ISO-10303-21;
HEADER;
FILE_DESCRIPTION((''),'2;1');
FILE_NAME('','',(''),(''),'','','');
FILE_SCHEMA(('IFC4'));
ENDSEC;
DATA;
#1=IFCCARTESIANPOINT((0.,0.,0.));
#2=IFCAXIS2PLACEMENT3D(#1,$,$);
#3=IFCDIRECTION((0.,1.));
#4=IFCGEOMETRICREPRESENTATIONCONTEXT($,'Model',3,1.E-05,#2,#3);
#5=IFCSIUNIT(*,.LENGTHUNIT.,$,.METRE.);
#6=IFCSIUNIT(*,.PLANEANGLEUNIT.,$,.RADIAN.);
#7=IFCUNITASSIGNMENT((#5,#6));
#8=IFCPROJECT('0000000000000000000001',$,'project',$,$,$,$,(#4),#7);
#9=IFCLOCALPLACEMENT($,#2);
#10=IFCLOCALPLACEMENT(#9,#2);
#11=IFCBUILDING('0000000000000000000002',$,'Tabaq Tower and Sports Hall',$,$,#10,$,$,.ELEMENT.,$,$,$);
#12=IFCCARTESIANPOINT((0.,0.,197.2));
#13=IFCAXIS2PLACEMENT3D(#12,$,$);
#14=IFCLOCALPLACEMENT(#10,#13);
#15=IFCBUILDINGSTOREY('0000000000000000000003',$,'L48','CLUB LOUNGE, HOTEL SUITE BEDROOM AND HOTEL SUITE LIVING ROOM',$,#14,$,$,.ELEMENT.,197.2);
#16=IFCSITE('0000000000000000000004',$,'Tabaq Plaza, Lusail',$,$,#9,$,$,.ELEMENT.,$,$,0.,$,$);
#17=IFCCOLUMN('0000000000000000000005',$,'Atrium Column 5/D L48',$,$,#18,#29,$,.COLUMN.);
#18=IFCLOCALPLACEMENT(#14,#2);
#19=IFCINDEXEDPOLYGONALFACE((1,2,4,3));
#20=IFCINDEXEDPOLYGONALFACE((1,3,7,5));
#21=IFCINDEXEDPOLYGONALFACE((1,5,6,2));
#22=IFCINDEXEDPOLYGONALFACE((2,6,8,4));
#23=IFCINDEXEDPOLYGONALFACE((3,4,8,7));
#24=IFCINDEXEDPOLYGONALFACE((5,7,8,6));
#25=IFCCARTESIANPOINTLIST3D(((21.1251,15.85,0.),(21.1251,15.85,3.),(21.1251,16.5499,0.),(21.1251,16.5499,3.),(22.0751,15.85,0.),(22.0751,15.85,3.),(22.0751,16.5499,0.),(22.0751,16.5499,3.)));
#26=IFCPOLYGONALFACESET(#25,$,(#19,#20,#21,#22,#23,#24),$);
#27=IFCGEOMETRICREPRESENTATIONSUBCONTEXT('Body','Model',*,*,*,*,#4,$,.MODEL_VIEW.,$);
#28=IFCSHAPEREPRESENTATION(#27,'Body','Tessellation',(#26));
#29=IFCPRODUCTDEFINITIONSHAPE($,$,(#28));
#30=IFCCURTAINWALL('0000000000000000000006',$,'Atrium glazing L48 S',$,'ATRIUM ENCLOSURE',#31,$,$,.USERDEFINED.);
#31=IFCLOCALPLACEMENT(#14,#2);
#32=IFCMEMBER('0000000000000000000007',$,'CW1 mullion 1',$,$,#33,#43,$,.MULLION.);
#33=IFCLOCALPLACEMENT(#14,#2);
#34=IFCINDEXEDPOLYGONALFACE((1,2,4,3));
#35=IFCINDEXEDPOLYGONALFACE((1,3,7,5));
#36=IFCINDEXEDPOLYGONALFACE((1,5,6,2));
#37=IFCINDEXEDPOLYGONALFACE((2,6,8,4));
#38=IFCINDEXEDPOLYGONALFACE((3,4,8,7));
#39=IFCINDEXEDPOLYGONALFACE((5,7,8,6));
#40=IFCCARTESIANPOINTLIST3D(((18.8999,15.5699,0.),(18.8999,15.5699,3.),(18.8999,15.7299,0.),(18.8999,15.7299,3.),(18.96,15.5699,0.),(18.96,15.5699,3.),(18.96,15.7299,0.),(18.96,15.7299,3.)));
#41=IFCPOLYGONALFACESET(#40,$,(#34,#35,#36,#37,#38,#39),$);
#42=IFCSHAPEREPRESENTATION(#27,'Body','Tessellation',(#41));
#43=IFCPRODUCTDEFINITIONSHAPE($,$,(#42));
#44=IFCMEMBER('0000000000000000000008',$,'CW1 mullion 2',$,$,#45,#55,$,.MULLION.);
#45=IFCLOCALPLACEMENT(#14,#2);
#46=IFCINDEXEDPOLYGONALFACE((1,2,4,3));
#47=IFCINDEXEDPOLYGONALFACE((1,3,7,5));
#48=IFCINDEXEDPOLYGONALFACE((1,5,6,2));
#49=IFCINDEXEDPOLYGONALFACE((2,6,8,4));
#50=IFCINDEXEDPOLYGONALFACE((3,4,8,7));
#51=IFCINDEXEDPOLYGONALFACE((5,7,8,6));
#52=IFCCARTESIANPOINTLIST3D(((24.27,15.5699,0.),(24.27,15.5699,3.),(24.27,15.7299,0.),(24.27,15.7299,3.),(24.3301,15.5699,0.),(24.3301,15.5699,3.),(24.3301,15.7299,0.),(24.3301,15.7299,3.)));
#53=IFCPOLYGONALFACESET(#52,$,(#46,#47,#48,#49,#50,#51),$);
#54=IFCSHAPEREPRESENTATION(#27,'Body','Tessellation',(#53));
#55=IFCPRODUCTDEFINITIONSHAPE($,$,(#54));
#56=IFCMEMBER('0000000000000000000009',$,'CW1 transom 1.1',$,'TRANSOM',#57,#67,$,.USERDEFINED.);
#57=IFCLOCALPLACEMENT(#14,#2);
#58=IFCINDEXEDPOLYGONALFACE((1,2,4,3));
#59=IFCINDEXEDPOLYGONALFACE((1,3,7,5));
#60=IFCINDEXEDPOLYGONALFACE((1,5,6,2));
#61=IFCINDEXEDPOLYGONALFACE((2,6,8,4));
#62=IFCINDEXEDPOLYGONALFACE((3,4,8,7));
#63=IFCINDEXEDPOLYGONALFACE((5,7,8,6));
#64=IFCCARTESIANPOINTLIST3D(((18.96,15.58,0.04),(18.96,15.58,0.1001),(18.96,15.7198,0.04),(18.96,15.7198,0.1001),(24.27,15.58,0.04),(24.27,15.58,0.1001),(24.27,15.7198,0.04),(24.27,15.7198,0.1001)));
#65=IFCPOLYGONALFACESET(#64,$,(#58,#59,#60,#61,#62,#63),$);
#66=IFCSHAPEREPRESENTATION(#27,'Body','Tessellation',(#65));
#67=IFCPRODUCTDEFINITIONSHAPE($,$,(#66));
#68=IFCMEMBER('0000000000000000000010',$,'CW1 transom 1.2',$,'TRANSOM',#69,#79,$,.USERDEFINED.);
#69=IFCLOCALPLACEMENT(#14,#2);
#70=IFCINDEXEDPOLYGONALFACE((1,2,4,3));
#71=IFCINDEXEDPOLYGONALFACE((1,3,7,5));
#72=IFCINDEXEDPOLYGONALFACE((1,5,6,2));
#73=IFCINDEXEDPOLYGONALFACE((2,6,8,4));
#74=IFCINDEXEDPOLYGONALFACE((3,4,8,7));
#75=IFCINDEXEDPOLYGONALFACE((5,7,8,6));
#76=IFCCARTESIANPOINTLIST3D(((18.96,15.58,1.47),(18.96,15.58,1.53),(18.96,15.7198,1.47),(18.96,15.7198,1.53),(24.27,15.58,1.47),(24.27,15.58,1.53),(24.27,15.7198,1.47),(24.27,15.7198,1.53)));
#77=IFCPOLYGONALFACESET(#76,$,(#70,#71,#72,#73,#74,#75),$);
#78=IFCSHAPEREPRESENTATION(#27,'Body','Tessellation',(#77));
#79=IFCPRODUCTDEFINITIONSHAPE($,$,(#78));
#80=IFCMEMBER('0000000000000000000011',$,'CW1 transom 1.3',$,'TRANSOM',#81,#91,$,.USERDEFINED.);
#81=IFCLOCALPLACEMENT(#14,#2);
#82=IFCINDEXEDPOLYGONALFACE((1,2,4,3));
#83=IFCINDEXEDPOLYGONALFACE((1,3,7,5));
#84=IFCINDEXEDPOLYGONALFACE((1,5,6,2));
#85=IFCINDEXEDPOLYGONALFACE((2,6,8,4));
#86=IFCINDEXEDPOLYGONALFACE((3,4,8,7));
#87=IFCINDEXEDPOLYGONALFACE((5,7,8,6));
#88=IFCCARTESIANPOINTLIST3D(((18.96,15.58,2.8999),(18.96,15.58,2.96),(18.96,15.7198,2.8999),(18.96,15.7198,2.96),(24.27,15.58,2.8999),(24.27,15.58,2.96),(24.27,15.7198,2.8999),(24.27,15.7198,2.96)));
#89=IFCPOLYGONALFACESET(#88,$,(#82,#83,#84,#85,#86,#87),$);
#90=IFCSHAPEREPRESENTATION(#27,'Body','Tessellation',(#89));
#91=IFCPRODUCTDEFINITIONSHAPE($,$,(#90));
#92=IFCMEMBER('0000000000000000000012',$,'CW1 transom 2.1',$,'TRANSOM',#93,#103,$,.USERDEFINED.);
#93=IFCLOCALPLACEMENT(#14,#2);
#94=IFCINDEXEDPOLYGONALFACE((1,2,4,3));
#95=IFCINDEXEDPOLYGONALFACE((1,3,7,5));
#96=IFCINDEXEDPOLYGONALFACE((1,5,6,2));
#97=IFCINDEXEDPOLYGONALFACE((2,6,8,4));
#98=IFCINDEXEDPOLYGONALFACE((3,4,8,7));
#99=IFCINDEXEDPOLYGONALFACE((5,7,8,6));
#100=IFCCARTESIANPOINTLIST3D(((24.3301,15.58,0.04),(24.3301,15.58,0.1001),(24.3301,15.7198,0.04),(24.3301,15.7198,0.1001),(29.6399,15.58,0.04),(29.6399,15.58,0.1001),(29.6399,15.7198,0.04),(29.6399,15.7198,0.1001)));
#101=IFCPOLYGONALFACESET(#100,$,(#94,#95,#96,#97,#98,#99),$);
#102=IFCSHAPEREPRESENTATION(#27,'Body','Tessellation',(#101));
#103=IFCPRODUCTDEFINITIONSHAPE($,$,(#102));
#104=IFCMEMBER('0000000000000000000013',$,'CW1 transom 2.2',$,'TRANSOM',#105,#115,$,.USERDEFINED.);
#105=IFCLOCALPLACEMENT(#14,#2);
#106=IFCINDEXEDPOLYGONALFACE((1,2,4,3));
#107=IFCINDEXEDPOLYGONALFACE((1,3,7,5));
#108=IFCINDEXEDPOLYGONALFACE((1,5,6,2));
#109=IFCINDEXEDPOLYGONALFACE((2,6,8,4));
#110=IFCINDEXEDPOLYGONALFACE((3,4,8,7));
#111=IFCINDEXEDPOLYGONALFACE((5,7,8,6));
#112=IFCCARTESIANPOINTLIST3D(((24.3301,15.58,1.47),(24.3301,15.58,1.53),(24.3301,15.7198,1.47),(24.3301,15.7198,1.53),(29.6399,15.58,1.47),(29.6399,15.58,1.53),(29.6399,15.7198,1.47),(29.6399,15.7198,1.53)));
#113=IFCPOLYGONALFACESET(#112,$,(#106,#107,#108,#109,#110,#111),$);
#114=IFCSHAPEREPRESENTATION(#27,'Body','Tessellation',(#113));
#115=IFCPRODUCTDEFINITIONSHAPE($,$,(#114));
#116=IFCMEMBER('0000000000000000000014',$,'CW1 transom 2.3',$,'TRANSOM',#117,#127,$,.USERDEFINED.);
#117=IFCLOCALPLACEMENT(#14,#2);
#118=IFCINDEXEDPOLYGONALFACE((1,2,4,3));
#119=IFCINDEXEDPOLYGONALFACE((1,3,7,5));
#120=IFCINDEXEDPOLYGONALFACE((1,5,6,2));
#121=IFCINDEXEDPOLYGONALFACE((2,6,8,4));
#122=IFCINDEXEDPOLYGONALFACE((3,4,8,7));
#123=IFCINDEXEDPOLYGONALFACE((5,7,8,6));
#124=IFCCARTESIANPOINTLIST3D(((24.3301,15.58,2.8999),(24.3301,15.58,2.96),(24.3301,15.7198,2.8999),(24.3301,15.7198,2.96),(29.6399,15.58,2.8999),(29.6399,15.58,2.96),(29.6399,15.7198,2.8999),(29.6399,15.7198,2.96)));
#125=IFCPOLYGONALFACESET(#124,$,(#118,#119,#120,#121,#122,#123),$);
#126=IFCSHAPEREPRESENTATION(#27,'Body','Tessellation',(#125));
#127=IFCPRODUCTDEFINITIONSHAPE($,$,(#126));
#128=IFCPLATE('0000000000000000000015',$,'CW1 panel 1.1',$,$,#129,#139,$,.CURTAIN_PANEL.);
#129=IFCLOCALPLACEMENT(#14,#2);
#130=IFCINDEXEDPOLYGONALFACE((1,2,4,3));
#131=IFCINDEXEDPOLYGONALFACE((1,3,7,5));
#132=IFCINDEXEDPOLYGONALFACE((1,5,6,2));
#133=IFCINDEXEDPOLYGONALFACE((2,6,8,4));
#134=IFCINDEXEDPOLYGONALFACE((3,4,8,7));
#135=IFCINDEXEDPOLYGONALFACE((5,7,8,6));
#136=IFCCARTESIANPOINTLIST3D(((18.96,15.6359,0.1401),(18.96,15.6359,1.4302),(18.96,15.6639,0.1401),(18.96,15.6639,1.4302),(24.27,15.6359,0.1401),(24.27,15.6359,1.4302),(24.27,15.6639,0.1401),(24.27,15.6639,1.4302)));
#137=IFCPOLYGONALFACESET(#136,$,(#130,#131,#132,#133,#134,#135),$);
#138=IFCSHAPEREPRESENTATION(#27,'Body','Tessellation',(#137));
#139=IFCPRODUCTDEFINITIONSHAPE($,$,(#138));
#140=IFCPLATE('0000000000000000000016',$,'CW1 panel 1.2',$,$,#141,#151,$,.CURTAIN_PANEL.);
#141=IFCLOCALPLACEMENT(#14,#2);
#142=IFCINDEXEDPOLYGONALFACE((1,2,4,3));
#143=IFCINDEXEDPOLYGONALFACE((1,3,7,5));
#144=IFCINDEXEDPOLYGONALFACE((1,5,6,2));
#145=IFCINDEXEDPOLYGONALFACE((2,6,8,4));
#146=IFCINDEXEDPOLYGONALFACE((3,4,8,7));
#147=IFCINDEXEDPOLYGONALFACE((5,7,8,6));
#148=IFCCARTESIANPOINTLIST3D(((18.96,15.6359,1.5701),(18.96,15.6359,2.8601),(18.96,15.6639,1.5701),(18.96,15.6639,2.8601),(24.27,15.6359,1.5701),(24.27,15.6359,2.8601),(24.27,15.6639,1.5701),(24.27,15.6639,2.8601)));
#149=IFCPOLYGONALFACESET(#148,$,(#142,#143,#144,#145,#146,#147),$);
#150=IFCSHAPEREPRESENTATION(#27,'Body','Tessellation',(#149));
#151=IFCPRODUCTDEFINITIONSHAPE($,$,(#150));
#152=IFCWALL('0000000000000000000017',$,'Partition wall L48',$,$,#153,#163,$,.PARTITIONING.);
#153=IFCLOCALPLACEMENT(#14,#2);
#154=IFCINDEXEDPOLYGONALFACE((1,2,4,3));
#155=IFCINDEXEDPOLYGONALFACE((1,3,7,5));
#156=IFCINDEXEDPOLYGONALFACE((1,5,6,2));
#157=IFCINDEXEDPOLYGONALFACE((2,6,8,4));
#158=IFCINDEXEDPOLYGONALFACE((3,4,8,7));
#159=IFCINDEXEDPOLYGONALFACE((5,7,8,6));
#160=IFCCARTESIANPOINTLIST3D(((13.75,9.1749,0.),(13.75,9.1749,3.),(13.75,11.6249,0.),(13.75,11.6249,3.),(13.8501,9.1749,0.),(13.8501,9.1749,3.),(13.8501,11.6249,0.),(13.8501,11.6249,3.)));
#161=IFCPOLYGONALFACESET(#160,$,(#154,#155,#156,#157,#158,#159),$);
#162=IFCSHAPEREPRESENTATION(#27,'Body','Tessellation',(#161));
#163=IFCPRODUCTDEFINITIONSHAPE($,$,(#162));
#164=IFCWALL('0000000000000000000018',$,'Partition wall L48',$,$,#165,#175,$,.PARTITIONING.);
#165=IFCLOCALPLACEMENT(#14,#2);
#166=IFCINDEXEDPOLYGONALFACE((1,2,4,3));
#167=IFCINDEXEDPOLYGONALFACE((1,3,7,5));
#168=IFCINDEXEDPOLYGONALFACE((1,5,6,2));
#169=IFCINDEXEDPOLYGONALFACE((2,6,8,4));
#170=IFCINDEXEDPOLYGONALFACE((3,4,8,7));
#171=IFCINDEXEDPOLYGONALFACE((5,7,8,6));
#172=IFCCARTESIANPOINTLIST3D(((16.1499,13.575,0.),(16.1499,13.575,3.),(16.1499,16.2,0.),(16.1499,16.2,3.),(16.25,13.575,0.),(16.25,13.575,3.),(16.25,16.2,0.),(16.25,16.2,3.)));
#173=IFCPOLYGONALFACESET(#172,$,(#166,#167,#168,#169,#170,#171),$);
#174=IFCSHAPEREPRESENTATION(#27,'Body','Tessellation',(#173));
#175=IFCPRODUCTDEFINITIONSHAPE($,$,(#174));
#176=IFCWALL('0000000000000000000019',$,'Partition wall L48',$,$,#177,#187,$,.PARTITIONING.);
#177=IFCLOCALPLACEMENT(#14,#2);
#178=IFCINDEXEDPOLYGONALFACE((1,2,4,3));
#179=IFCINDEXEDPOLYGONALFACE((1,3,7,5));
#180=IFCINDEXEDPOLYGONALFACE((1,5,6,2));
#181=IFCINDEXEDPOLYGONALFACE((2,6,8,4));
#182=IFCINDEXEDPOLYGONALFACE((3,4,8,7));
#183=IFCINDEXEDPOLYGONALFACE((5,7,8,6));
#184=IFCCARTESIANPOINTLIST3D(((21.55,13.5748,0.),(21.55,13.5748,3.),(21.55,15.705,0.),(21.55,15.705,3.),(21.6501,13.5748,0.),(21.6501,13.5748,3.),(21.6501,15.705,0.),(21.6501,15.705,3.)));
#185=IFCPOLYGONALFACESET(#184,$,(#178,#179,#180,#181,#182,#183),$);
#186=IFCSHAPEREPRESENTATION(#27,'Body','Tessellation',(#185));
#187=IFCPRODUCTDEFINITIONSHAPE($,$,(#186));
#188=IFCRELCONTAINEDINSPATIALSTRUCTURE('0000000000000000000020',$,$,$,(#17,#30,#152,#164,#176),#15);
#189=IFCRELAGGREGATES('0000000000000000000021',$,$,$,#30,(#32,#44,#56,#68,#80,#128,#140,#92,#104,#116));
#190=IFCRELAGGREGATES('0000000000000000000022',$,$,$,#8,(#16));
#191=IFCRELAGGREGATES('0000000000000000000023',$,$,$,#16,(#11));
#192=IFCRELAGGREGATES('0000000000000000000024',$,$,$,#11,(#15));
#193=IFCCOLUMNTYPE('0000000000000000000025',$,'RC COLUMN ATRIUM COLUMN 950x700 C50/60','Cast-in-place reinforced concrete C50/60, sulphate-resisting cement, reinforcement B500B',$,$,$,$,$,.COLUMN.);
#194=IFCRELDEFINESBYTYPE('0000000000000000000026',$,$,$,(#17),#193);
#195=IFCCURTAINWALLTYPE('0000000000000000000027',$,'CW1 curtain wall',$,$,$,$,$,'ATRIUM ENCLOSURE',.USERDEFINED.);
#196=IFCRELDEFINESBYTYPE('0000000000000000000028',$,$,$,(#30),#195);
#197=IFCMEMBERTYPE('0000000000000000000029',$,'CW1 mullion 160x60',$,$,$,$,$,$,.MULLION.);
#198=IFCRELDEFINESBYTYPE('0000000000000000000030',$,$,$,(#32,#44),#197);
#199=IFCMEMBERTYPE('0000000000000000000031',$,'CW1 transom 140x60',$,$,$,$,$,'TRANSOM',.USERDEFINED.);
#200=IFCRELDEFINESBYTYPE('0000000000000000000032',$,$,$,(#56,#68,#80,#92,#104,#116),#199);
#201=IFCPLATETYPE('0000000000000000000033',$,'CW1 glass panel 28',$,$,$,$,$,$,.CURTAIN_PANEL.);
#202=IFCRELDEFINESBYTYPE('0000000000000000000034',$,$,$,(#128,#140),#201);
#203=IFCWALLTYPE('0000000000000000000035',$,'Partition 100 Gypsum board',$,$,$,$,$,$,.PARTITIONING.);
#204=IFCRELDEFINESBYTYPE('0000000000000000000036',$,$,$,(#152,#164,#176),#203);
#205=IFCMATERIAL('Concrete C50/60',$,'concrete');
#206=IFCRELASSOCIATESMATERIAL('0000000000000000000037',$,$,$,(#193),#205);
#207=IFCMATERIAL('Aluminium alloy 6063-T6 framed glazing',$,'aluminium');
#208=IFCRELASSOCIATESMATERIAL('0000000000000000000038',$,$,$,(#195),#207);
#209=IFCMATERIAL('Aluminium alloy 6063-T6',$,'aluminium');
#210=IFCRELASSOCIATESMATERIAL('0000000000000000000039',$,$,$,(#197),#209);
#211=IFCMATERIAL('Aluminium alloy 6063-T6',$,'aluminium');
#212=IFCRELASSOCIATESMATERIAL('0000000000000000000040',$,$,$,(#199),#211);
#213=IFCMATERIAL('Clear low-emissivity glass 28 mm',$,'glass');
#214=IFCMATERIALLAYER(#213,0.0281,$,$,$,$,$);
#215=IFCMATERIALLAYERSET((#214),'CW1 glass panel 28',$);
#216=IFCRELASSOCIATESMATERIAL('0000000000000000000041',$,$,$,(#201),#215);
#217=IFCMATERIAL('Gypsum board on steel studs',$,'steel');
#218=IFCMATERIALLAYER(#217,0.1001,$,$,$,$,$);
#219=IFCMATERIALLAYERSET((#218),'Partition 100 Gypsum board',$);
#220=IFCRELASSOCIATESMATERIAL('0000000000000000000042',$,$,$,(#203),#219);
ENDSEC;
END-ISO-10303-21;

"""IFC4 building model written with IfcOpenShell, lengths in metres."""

from ifc_helpers import new_model, si_unit, direction, frame, frame_2d, origin, origin_2d, place, context, subcontext, project, spatial, rectangle, extrude, material, layer, layer_set, material_profile, profile_set, type_object, element, aggregate, save


model = new_model("IFC4")

# Units and contexts
model_context = context("Model", 3, precision=1e-05, world=origin(), true_north=direction((0.0, 1.0)))
body_context = subcontext(model_context, "Body", "Model", "MODEL_VIEW")
ifc_project = project(units=[si_unit("LENGTHUNIT", "METRE"), si_unit("PLANEANGLEUNIT", "RADIAN")], contexts=[model_context])

# Site, building, storey
site_placement = place(None, origin())
site = spatial("IfcSite", under=ifc_project, at=site_placement, Name="Tabaq Plaza, Lusail", CompositionType="ELEMENT", RefElevation=0.0)
building_placement = place(site_placement, origin())
building = spatial("IfcBuilding", under=site, at=building_placement, Name="Tabaq Tower and Sports Hall", CompositionType="ELEMENT")
storey_placement = place(building_placement, frame((0.0, 0.0, 197.2)))
storey = spatial("IfcBuildingStorey", under=building, at=storey_placement, Name="L48", Description="CLUB LOUNGE, HOTEL SUITE BEDROOM AND HOTEL SUITE LIVING ROOM", CompositionType="ELEMENT", Elevation=197.2)

# Column
ifc_material_1 = material(Name="Concrete C50/60", Category="concrete")
ifc_material_profile_1 = material_profile(ifc_material_1, rectangle(XDim=0.95, YDim=0.7, at=origin_2d()), Name="ATRIUM COLUMN 950x700")
ifc_profile_set_1 = profile_set([ifc_material_profile_1], Name="Concrete C50/60")
column_type = type_object("IfcColumnType", Name="RC COLUMN ATRIUM COLUMN 950x700 C50/60", Description="Cast-in-place reinforced concrete C50/60, sulphate-resisting cement, reinforcement B500B", PredefinedType="COLUMN", material=ifc_profile_set_1)
column_placement = place(storey_placement, frame((21.6001, 16.2, 0.0), z_axis=(0.0, 0.0, 1.0), x_axis=(1.0, 0.0, 0.0)))
element("IfcColumn", 1, at=column_placement, inside=storey, type_object=column_type, Name="Atrium Column 5/D L48", PredefinedType="COLUMN", context=body_context, shape_type="SweptSolid", body=[
    extrude(rectangle(XDim=0.95, YDim=0.7, at=origin_2d()), origin(), (0.0, 0.0, 1.0), 3.0),
])

# Curtain wall, members, plates
ifc_material_2 = material(Name="Aluminium alloy 6063-T6 framed glazing", Category="aluminium")
curtain_wall_type = type_object("IfcCurtainWallType", Name="CW1 curtain wall", ElementType="ATRIUM ENCLOSURE", PredefinedType="USERDEFINED", material=ifc_material_2)
curtain_wall_placement = place(storey_placement, origin())
curtain_wall = element("IfcCurtainWall", 2, at=curtain_wall_placement, inside=storey, type_object=curtain_wall_type, Name="Atrium glazing L48 S", ObjectType="ATRIUM ENCLOSURE", PredefinedType="USERDEFINED")
ifc_material_3 = material(Name="Aluminium alloy 6063-T6", Category="aluminium")
ifc_material_profile_2 = material_profile(ifc_material_3, rectangle(XDim=0.1599, YDim=0.0601, at=origin_2d()), Name="MULLION 160x60")
ifc_profile_set_2 = profile_set([ifc_material_profile_2], Name="Aluminium alloy 6063-T6")
member_type_1 = type_object("IfcMemberType", Name="CW1 mullion 160x60", PredefinedType="MULLION", material=ifc_profile_set_2)
member_1_placement = place(storey_placement, frame((18.9299, 15.6499, 0.0), z_axis=(0.0, 0.0, 1.0), x_axis=(0.0, 1.0, 0.0)))
member_1 = element("IfcMember", 3, at=member_1_placement, type_object=member_type_1, Name="CW1 mullion 1", PredefinedType="MULLION", context=body_context, shape_type="SweptSolid", body=[
    extrude(rectangle(XDim=0.1599, YDim=0.0601, at=origin_2d()), origin(), (0.0, 0.0, 1.0), 3.0),
])
member_2_placement = place(storey_placement, frame((24.3, 15.6499, 0.0), z_axis=(0.0, 0.0, 1.0), x_axis=(0.0, 1.0, 0.0)))
member_2 = element("IfcMember", 4, at=member_2_placement, type_object=member_type_1, Name="CW1 mullion 2", PredefinedType="MULLION", context=body_context, shape_type="SweptSolid", body=[
    extrude(rectangle(XDim=0.1599, YDim=0.0601, at=origin_2d()), origin(), (0.0, 0.0, 1.0), 3.0),
])
ifc_material_4 = material(Name="Aluminium alloy 6063-T6", Category="aluminium")
ifc_material_profile_3 = material_profile(ifc_material_4, rectangle(XDim=0.1399, YDim=0.0601, at=origin_2d()), Name="TRANSOM 140x60")
ifc_profile_set_3 = profile_set([ifc_material_profile_3], Name="Aluminium alloy 6063-T6")
member_type_2 = type_object("IfcMemberType", Name="CW1 transom 140x60", ElementType="TRANSOM", PredefinedType="USERDEFINED", material=ifc_profile_set_3)
member_3_placement = place(storey_placement, frame((18.96, 15.6499, 0.0701), z_axis=(1.0, 0.0, 0.0), x_axis=(0.0, 1.0, 0.0)))
member_3 = element("IfcMember", 5, at=member_3_placement, type_object=member_type_2, Name="CW1 transom 1.1", ObjectType="TRANSOM", PredefinedType="USERDEFINED", context=body_context, shape_type="SweptSolid", body=[
    extrude(rectangle(XDim=0.1399, YDim=0.0601, at=origin_2d()), origin(), (0.0, 0.0, 1.0), 5.3101),
])
member_4_placement = place(storey_placement, frame((18.96, 15.6499, 1.5), z_axis=(1.0, 0.0, 0.0), x_axis=(0.0, 1.0, 0.0)))
member_4 = element("IfcMember", 6, at=member_4_placement, type_object=member_type_2, Name="CW1 transom 1.2", ObjectType="TRANSOM", PredefinedType="USERDEFINED", context=body_context, shape_type="SweptSolid", body=[
    extrude(rectangle(XDim=0.1399, YDim=0.0601, at=origin_2d()), origin(), (0.0, 0.0, 1.0), 5.3101),
])
member_5_placement = place(storey_placement, frame((18.96, 15.6499, 2.9299), z_axis=(1.0, 0.0, 0.0), x_axis=(0.0, 1.0, 0.0)))
member_5 = element("IfcMember", 7, at=member_5_placement, type_object=member_type_2, Name="CW1 transom 1.3", ObjectType="TRANSOM", PredefinedType="USERDEFINED", context=body_context, shape_type="SweptSolid", body=[
    extrude(rectangle(XDim=0.1399, YDim=0.0601, at=origin_2d()), origin(), (0.0, 0.0, 1.0), 5.3101),
])
member_6_placement = place(storey_placement, frame((24.3301, 15.6499, 0.0701), z_axis=(1.0, 0.0, 0.0), x_axis=(0.0, 1.0, 0.0)))
member_6 = element("IfcMember", 8, at=member_6_placement, type_object=member_type_2, Name="CW1 transom 2.1", ObjectType="TRANSOM", PredefinedType="USERDEFINED", context=body_context, shape_type="SweptSolid", body=[
    extrude(rectangle(XDim=0.1399, YDim=0.0601, at=origin_2d()), origin(), (0.0, 0.0, 1.0), 5.3098),
])
member_7_placement = place(storey_placement, frame((24.3301, 15.6499, 1.5), z_axis=(1.0, 0.0, 0.0), x_axis=(0.0, 1.0, 0.0)))
member_7 = element("IfcMember", 9, at=member_7_placement, type_object=member_type_2, Name="CW1 transom 2.2", ObjectType="TRANSOM", PredefinedType="USERDEFINED", context=body_context, shape_type="SweptSolid", body=[
    extrude(rectangle(XDim=0.1399, YDim=0.0601, at=origin_2d()), origin(), (0.0, 0.0, 1.0), 5.3098),
])
member_8_placement = place(storey_placement, frame((24.3301, 15.6499, 2.9299), z_axis=(1.0, 0.0, 0.0), x_axis=(0.0, 1.0, 0.0)))
member_8 = element("IfcMember", 10, at=member_8_placement, type_object=member_type_2, Name="CW1 transom 2.3", ObjectType="TRANSOM", PredefinedType="USERDEFINED", context=body_context, shape_type="SweptSolid", body=[
    extrude(rectangle(XDim=0.1399, YDim=0.0601, at=origin_2d()), origin(), (0.0, 0.0, 1.0), 5.3098),
])
ifc_material_5 = material(Name="Clear low-emissivity glass 28 mm", Category="glass")
ifc_layer_1 = layer(ifc_material_5, 0.0281)
ifc_layer_set_1 = layer_set([ifc_layer_1], Name="CW1 glass panel 28")
plate_type = type_object("IfcPlateType", Name="CW1 glass panel 28", PredefinedType="CURTAIN_PANEL", material=ifc_layer_set_1)
plate_1_placement = place(storey_placement, frame((21.615, 15.6499, 0.1401), z_axis=(0.0, 0.0, 1.0), x_axis=(1.0, 0.0, 0.0)))
plate_1 = element("IfcPlate", 11, at=plate_1_placement, type_object=plate_type, Name="CW1 panel 1.1", PredefinedType="CURTAIN_PANEL", context=body_context, shape_type="SweptSolid", body=[
    extrude(rectangle(XDim=5.3101, YDim=0.0281, at=origin_2d()), origin(), (0.0, 0.0, 1.0), 1.29),
])
plate_2_placement = place(storey_placement, frame((21.615, 15.6499, 1.5701), z_axis=(0.0, 0.0, 1.0), x_axis=(1.0, 0.0, 0.0)))
plate_2 = element("IfcPlate", 12, at=plate_2_placement, type_object=plate_type, Name="CW1 panel 1.2", PredefinedType="CURTAIN_PANEL", context=body_context, shape_type="SweptSolid", body=[
    extrude(rectangle(XDim=5.3101, YDim=0.0281, at=origin_2d()), origin(), (0.0, 0.0, 1.0), 1.29),
])
aggregate(curtain_wall, [member_1, member_2, member_3, member_4, member_5, plate_1, plate_2, member_6, member_7, member_8])

# Walls
ifc_material_6 = material(Name="Gypsum board on steel studs", Category="steel")
ifc_layer_2 = layer(ifc_material_6, 0.1001)
ifc_layer_set_2 = layer_set([ifc_layer_2], Name="Partition 100 Gypsum board")
wall_type_1 = type_object("IfcWallType", Name="Partition 100 Gypsum board", PredefinedType="PARTITIONING", material=ifc_layer_set_2)
wall_1_placement = place(storey_placement, frame((13.8, 11.625, 0.0), z_axis=(0.0, 0.0, 1.0), x_axis=(0.0, -1.0, 0.0)))
element("IfcWall", 13, at=wall_1_placement, inside=storey, type_object=wall_type_1, Name="Partition wall L48", PredefinedType="PARTITIONING", context=body_context, shape_type="SweptSolid", body=[
    extrude(rectangle(XDim=2.45, YDim=0.1001, at=frame_2d((1.2251, 0.0))), origin(), (0.0, 0.0, 1.0), 3.0),
])
wall_2_placement = place(storey_placement, frame((16.2, 16.2, 0.0), z_axis=(0.0, 0.0, 1.0), x_axis=(0.0, -1.0, 0.0)))
element("IfcWall", 14, at=wall_2_placement, inside=storey, type_object=wall_type_1, Name="Partition wall L48", PredefinedType="PARTITIONING", context=body_context, shape_type="SweptSolid", body=[
    extrude(rectangle(XDim=2.625, YDim=0.1001, at=frame_2d((1.3125, 0.0))), origin(), (0.0, 0.0, 1.0), 3.0),
])
wall_3_placement = place(storey_placement, frame((21.6001, 13.575, 0.0), z_axis=(0.0, 0.0, 1.0), x_axis=(0.0, 1.0, 0.0)))
element("IfcWall", 15, at=wall_3_placement, inside=storey, type_object=wall_type_1, Name="Partition wall L48", PredefinedType="PARTITIONING", context=body_context, shape_type="SweptSolid", body=[
    extrude(rectangle(XDim=2.1301, YDim=0.1001, at=frame_2d((1.0649, 0.0))), origin(), (0.0, 0.0, 1.0), 3.0),
])

save(model, "model.ifc")
